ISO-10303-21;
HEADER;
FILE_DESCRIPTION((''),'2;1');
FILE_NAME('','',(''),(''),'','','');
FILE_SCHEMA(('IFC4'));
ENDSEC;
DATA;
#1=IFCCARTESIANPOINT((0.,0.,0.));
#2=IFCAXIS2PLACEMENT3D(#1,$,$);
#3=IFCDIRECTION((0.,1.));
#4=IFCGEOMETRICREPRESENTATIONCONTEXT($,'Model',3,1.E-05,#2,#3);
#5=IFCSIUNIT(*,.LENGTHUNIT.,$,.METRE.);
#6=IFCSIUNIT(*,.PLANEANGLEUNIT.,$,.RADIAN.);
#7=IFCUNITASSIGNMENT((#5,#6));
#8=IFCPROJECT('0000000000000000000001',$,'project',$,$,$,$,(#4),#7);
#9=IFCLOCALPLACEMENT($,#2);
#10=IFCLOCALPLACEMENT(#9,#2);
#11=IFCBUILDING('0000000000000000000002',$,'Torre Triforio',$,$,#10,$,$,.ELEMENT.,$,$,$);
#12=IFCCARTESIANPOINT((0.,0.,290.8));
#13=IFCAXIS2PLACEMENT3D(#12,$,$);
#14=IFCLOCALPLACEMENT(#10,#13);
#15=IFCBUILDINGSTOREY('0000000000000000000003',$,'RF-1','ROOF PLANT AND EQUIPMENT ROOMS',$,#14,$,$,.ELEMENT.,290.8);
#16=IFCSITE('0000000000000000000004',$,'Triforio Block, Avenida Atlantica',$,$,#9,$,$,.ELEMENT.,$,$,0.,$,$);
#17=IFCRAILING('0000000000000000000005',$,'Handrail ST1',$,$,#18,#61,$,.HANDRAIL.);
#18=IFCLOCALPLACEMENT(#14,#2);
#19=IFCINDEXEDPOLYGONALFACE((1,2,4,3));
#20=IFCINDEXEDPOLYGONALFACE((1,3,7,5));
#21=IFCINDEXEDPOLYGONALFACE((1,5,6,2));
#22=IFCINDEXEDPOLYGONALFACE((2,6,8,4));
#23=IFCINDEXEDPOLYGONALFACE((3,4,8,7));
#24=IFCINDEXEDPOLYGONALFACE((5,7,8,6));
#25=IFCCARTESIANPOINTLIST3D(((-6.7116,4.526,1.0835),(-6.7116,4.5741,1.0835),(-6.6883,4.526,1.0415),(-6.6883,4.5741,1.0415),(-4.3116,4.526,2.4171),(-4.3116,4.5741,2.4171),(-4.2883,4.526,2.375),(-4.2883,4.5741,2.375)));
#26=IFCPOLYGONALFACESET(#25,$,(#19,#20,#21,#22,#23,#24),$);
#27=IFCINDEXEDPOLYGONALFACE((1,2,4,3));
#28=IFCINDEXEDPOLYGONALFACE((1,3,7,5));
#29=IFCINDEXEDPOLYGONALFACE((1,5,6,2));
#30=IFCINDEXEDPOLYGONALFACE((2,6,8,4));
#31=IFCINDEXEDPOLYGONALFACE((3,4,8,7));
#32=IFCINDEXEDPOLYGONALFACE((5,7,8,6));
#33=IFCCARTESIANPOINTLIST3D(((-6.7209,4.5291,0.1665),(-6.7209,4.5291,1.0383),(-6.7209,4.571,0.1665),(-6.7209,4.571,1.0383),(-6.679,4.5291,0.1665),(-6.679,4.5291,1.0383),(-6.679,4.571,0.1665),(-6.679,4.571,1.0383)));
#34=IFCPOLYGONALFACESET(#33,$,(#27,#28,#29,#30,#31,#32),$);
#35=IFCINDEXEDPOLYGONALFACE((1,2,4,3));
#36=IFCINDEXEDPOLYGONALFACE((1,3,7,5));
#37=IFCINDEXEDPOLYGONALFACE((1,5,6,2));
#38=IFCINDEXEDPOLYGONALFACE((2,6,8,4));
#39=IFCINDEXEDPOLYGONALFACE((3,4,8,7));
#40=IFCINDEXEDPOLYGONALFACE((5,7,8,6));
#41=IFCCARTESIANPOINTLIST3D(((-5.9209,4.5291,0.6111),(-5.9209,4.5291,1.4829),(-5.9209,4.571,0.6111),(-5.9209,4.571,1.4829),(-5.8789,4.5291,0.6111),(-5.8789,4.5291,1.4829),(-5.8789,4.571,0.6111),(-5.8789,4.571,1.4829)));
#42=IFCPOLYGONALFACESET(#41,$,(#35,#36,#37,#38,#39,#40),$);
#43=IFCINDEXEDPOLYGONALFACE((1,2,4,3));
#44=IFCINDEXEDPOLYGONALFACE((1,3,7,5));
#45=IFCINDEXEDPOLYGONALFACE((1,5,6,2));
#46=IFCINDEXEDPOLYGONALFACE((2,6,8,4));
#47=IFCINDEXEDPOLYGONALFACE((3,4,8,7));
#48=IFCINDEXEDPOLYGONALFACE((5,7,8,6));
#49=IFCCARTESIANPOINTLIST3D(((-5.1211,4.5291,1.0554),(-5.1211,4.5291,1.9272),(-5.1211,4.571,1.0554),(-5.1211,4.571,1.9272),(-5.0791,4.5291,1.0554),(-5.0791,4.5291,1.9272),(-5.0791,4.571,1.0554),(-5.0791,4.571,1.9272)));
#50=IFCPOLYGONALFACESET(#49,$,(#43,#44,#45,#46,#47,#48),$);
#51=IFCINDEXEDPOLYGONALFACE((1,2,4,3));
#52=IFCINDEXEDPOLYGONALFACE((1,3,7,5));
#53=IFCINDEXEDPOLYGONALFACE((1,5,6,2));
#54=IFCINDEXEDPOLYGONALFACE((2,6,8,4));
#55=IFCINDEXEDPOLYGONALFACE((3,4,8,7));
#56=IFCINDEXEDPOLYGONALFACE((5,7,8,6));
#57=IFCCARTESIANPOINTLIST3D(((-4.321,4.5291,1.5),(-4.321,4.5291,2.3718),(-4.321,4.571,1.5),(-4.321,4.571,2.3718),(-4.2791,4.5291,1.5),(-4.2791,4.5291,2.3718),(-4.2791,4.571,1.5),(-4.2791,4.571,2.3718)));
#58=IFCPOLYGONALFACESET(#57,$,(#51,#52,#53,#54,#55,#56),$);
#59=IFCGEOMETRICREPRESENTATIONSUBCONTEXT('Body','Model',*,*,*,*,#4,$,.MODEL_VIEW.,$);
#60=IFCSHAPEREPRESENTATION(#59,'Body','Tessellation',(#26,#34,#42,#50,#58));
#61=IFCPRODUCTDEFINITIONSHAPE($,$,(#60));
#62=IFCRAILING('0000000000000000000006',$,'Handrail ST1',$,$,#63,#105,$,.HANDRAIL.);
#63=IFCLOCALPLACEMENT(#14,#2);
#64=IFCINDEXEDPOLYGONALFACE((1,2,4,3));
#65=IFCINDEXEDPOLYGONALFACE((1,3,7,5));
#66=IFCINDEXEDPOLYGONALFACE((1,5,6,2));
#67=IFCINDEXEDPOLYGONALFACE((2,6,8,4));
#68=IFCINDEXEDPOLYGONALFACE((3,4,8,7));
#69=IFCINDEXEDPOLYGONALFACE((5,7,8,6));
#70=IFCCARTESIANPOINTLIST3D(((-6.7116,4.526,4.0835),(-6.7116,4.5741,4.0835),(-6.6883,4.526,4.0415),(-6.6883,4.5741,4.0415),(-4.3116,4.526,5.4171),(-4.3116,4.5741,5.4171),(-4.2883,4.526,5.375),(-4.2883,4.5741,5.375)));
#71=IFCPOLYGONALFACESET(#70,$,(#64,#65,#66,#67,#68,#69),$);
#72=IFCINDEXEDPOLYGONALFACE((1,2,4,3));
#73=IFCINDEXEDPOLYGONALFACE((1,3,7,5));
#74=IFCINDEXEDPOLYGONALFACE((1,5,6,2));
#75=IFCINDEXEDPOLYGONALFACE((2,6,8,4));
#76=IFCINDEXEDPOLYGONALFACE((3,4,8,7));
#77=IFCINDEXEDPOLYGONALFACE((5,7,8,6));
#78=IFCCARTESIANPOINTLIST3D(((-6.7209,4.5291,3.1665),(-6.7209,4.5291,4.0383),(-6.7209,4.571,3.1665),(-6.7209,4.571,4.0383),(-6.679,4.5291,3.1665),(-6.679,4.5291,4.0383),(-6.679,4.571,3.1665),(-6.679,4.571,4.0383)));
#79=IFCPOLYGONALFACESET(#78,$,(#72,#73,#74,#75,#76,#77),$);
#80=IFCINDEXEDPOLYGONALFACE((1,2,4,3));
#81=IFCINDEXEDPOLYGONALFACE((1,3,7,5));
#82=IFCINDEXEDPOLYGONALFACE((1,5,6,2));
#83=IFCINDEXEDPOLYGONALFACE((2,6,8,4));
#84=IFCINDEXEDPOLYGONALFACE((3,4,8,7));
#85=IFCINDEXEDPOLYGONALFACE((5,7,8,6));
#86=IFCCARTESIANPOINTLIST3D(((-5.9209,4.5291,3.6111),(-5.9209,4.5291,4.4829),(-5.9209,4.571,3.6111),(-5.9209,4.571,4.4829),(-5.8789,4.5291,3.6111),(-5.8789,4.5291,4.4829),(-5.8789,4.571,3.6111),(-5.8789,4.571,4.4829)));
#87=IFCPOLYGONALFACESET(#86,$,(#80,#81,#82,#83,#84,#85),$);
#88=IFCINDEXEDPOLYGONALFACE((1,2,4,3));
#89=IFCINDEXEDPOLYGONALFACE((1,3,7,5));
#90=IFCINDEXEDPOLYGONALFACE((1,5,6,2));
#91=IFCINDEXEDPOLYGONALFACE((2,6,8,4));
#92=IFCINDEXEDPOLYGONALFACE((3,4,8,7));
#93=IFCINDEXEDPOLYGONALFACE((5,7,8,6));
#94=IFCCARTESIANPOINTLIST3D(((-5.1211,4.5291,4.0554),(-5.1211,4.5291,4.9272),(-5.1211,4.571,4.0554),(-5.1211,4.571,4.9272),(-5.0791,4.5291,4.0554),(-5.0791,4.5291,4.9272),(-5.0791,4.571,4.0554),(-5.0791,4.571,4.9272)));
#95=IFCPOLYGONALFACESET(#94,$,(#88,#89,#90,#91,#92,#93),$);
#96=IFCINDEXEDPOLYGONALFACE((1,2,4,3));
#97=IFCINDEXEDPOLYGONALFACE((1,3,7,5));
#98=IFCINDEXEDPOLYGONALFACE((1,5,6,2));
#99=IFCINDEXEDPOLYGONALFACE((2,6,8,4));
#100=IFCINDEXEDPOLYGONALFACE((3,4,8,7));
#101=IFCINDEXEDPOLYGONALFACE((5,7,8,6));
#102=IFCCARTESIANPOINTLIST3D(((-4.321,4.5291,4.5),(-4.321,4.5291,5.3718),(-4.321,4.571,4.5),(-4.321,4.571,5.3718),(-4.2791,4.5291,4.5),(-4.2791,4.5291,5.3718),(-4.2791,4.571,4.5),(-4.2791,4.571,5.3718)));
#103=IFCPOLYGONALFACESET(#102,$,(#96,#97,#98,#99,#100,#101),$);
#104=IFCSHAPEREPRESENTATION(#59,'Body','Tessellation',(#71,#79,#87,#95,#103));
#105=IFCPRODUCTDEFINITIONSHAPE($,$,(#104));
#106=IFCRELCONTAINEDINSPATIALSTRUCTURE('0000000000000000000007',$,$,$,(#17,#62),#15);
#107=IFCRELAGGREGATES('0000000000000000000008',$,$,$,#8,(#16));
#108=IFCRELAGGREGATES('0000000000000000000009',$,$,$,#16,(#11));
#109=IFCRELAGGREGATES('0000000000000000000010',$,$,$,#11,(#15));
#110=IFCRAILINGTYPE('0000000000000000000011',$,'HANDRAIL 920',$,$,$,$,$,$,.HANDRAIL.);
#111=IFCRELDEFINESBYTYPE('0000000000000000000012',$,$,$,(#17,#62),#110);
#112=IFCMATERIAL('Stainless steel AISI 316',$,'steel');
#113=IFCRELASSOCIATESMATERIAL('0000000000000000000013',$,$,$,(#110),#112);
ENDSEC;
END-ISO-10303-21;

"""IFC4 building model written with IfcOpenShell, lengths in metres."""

from ifc_helpers import new_model, si_unit, direction, frame, origin, origin_2d, place, context, subcontext, project, spatial, rectangle, extrude, material, type_object, element, save


model = new_model("IFC4")

# Units and contexts
model_context = context("Model", 3, precision=1e-05, world=origin(), true_north=direction((0.0, 1.0)))
body_context = subcontext(model_context, "Body", "Model", "MODEL_VIEW")
ifc_project = project(units=[si_unit("LENGTHUNIT", "METRE"), si_unit("PLANEANGLEUNIT", "RADIAN")], contexts=[model_context])

# Site, building, storey
site_placement = place(None, origin())
site = spatial("IfcSite", under=ifc_project, at=site_placement, Name="Triforio Block, Avenida Atlantica", CompositionType="ELEMENT", RefElevation=0.0)
building_placement = place(site_placement, origin())
building = spatial("IfcBuilding", under=site, at=building_placement, Name="Torre Triforio", CompositionType="ELEMENT")
storey_placement = place(building_placement, frame((0.0, 0.0, 290.8)))
storey = spatial("IfcBuildingStorey", under=building, at=storey_placement, Name="RF-1", Description="ROOF PLANT AND EQUIPMENT ROOMS", CompositionType="ELEMENT", Elevation=290.8)

# Railings
ifc_material_1 = material(Name="Stainless steel AISI 316", Category="steel")
railing_type = type_object("IfcRailingType", Name="HANDRAIL 920", PredefinedType="HANDRAIL", material=ifc_material_1)
for number, where, name in (
    (1, (-6.7, 4.55, 0.1665), "Handrail ST1"),
    (2, (-6.7, 4.55, 3.1665), "Handrail ST1"),
):
    element("IfcRailing", number, at=place(storey_placement, frame(where)), inside=storey, type_object=railing_type, Name=name, PredefinedType="HANDRAIL", context=body_context, shape_type="SweptSolid", body=[
        extrude(rectangle(XDim=0.0481, YDim=0.0481, at=origin_2d()), frame((0.0, 0.0, 0.896), z_axis=(0.874124, 0.0, 0.485703), x_axis=(0.0, 1.0, 0.0)), (0.0, 0.0, 1.0), 2.7456),
        extrude(rectangle(XDim=0.042, YDim=0.042, at=origin_2d()), origin(), (0.0, 0.0, 1.0), 0.8718),
        extrude(rectangle(XDim=0.042, YDim=0.042, at=origin_2d()), frame((0.8, 0.0, 0.4446)), (0.0, 0.0, 1.0), 0.8718),
        extrude(rectangle(XDim=0.042, YDim=0.042, at=origin_2d()), frame((1.5999, 0.0, 0.8889)), (0.0, 0.0, 1.0), 0.8718),
        extrude(rectangle(XDim=0.042, YDim=0.042, at=origin_2d()), frame((2.3999, 0.0, 1.3335)), (0.0, 0.0, 1.0), 0.8718),
    ])

save(model, "model.ifc")
